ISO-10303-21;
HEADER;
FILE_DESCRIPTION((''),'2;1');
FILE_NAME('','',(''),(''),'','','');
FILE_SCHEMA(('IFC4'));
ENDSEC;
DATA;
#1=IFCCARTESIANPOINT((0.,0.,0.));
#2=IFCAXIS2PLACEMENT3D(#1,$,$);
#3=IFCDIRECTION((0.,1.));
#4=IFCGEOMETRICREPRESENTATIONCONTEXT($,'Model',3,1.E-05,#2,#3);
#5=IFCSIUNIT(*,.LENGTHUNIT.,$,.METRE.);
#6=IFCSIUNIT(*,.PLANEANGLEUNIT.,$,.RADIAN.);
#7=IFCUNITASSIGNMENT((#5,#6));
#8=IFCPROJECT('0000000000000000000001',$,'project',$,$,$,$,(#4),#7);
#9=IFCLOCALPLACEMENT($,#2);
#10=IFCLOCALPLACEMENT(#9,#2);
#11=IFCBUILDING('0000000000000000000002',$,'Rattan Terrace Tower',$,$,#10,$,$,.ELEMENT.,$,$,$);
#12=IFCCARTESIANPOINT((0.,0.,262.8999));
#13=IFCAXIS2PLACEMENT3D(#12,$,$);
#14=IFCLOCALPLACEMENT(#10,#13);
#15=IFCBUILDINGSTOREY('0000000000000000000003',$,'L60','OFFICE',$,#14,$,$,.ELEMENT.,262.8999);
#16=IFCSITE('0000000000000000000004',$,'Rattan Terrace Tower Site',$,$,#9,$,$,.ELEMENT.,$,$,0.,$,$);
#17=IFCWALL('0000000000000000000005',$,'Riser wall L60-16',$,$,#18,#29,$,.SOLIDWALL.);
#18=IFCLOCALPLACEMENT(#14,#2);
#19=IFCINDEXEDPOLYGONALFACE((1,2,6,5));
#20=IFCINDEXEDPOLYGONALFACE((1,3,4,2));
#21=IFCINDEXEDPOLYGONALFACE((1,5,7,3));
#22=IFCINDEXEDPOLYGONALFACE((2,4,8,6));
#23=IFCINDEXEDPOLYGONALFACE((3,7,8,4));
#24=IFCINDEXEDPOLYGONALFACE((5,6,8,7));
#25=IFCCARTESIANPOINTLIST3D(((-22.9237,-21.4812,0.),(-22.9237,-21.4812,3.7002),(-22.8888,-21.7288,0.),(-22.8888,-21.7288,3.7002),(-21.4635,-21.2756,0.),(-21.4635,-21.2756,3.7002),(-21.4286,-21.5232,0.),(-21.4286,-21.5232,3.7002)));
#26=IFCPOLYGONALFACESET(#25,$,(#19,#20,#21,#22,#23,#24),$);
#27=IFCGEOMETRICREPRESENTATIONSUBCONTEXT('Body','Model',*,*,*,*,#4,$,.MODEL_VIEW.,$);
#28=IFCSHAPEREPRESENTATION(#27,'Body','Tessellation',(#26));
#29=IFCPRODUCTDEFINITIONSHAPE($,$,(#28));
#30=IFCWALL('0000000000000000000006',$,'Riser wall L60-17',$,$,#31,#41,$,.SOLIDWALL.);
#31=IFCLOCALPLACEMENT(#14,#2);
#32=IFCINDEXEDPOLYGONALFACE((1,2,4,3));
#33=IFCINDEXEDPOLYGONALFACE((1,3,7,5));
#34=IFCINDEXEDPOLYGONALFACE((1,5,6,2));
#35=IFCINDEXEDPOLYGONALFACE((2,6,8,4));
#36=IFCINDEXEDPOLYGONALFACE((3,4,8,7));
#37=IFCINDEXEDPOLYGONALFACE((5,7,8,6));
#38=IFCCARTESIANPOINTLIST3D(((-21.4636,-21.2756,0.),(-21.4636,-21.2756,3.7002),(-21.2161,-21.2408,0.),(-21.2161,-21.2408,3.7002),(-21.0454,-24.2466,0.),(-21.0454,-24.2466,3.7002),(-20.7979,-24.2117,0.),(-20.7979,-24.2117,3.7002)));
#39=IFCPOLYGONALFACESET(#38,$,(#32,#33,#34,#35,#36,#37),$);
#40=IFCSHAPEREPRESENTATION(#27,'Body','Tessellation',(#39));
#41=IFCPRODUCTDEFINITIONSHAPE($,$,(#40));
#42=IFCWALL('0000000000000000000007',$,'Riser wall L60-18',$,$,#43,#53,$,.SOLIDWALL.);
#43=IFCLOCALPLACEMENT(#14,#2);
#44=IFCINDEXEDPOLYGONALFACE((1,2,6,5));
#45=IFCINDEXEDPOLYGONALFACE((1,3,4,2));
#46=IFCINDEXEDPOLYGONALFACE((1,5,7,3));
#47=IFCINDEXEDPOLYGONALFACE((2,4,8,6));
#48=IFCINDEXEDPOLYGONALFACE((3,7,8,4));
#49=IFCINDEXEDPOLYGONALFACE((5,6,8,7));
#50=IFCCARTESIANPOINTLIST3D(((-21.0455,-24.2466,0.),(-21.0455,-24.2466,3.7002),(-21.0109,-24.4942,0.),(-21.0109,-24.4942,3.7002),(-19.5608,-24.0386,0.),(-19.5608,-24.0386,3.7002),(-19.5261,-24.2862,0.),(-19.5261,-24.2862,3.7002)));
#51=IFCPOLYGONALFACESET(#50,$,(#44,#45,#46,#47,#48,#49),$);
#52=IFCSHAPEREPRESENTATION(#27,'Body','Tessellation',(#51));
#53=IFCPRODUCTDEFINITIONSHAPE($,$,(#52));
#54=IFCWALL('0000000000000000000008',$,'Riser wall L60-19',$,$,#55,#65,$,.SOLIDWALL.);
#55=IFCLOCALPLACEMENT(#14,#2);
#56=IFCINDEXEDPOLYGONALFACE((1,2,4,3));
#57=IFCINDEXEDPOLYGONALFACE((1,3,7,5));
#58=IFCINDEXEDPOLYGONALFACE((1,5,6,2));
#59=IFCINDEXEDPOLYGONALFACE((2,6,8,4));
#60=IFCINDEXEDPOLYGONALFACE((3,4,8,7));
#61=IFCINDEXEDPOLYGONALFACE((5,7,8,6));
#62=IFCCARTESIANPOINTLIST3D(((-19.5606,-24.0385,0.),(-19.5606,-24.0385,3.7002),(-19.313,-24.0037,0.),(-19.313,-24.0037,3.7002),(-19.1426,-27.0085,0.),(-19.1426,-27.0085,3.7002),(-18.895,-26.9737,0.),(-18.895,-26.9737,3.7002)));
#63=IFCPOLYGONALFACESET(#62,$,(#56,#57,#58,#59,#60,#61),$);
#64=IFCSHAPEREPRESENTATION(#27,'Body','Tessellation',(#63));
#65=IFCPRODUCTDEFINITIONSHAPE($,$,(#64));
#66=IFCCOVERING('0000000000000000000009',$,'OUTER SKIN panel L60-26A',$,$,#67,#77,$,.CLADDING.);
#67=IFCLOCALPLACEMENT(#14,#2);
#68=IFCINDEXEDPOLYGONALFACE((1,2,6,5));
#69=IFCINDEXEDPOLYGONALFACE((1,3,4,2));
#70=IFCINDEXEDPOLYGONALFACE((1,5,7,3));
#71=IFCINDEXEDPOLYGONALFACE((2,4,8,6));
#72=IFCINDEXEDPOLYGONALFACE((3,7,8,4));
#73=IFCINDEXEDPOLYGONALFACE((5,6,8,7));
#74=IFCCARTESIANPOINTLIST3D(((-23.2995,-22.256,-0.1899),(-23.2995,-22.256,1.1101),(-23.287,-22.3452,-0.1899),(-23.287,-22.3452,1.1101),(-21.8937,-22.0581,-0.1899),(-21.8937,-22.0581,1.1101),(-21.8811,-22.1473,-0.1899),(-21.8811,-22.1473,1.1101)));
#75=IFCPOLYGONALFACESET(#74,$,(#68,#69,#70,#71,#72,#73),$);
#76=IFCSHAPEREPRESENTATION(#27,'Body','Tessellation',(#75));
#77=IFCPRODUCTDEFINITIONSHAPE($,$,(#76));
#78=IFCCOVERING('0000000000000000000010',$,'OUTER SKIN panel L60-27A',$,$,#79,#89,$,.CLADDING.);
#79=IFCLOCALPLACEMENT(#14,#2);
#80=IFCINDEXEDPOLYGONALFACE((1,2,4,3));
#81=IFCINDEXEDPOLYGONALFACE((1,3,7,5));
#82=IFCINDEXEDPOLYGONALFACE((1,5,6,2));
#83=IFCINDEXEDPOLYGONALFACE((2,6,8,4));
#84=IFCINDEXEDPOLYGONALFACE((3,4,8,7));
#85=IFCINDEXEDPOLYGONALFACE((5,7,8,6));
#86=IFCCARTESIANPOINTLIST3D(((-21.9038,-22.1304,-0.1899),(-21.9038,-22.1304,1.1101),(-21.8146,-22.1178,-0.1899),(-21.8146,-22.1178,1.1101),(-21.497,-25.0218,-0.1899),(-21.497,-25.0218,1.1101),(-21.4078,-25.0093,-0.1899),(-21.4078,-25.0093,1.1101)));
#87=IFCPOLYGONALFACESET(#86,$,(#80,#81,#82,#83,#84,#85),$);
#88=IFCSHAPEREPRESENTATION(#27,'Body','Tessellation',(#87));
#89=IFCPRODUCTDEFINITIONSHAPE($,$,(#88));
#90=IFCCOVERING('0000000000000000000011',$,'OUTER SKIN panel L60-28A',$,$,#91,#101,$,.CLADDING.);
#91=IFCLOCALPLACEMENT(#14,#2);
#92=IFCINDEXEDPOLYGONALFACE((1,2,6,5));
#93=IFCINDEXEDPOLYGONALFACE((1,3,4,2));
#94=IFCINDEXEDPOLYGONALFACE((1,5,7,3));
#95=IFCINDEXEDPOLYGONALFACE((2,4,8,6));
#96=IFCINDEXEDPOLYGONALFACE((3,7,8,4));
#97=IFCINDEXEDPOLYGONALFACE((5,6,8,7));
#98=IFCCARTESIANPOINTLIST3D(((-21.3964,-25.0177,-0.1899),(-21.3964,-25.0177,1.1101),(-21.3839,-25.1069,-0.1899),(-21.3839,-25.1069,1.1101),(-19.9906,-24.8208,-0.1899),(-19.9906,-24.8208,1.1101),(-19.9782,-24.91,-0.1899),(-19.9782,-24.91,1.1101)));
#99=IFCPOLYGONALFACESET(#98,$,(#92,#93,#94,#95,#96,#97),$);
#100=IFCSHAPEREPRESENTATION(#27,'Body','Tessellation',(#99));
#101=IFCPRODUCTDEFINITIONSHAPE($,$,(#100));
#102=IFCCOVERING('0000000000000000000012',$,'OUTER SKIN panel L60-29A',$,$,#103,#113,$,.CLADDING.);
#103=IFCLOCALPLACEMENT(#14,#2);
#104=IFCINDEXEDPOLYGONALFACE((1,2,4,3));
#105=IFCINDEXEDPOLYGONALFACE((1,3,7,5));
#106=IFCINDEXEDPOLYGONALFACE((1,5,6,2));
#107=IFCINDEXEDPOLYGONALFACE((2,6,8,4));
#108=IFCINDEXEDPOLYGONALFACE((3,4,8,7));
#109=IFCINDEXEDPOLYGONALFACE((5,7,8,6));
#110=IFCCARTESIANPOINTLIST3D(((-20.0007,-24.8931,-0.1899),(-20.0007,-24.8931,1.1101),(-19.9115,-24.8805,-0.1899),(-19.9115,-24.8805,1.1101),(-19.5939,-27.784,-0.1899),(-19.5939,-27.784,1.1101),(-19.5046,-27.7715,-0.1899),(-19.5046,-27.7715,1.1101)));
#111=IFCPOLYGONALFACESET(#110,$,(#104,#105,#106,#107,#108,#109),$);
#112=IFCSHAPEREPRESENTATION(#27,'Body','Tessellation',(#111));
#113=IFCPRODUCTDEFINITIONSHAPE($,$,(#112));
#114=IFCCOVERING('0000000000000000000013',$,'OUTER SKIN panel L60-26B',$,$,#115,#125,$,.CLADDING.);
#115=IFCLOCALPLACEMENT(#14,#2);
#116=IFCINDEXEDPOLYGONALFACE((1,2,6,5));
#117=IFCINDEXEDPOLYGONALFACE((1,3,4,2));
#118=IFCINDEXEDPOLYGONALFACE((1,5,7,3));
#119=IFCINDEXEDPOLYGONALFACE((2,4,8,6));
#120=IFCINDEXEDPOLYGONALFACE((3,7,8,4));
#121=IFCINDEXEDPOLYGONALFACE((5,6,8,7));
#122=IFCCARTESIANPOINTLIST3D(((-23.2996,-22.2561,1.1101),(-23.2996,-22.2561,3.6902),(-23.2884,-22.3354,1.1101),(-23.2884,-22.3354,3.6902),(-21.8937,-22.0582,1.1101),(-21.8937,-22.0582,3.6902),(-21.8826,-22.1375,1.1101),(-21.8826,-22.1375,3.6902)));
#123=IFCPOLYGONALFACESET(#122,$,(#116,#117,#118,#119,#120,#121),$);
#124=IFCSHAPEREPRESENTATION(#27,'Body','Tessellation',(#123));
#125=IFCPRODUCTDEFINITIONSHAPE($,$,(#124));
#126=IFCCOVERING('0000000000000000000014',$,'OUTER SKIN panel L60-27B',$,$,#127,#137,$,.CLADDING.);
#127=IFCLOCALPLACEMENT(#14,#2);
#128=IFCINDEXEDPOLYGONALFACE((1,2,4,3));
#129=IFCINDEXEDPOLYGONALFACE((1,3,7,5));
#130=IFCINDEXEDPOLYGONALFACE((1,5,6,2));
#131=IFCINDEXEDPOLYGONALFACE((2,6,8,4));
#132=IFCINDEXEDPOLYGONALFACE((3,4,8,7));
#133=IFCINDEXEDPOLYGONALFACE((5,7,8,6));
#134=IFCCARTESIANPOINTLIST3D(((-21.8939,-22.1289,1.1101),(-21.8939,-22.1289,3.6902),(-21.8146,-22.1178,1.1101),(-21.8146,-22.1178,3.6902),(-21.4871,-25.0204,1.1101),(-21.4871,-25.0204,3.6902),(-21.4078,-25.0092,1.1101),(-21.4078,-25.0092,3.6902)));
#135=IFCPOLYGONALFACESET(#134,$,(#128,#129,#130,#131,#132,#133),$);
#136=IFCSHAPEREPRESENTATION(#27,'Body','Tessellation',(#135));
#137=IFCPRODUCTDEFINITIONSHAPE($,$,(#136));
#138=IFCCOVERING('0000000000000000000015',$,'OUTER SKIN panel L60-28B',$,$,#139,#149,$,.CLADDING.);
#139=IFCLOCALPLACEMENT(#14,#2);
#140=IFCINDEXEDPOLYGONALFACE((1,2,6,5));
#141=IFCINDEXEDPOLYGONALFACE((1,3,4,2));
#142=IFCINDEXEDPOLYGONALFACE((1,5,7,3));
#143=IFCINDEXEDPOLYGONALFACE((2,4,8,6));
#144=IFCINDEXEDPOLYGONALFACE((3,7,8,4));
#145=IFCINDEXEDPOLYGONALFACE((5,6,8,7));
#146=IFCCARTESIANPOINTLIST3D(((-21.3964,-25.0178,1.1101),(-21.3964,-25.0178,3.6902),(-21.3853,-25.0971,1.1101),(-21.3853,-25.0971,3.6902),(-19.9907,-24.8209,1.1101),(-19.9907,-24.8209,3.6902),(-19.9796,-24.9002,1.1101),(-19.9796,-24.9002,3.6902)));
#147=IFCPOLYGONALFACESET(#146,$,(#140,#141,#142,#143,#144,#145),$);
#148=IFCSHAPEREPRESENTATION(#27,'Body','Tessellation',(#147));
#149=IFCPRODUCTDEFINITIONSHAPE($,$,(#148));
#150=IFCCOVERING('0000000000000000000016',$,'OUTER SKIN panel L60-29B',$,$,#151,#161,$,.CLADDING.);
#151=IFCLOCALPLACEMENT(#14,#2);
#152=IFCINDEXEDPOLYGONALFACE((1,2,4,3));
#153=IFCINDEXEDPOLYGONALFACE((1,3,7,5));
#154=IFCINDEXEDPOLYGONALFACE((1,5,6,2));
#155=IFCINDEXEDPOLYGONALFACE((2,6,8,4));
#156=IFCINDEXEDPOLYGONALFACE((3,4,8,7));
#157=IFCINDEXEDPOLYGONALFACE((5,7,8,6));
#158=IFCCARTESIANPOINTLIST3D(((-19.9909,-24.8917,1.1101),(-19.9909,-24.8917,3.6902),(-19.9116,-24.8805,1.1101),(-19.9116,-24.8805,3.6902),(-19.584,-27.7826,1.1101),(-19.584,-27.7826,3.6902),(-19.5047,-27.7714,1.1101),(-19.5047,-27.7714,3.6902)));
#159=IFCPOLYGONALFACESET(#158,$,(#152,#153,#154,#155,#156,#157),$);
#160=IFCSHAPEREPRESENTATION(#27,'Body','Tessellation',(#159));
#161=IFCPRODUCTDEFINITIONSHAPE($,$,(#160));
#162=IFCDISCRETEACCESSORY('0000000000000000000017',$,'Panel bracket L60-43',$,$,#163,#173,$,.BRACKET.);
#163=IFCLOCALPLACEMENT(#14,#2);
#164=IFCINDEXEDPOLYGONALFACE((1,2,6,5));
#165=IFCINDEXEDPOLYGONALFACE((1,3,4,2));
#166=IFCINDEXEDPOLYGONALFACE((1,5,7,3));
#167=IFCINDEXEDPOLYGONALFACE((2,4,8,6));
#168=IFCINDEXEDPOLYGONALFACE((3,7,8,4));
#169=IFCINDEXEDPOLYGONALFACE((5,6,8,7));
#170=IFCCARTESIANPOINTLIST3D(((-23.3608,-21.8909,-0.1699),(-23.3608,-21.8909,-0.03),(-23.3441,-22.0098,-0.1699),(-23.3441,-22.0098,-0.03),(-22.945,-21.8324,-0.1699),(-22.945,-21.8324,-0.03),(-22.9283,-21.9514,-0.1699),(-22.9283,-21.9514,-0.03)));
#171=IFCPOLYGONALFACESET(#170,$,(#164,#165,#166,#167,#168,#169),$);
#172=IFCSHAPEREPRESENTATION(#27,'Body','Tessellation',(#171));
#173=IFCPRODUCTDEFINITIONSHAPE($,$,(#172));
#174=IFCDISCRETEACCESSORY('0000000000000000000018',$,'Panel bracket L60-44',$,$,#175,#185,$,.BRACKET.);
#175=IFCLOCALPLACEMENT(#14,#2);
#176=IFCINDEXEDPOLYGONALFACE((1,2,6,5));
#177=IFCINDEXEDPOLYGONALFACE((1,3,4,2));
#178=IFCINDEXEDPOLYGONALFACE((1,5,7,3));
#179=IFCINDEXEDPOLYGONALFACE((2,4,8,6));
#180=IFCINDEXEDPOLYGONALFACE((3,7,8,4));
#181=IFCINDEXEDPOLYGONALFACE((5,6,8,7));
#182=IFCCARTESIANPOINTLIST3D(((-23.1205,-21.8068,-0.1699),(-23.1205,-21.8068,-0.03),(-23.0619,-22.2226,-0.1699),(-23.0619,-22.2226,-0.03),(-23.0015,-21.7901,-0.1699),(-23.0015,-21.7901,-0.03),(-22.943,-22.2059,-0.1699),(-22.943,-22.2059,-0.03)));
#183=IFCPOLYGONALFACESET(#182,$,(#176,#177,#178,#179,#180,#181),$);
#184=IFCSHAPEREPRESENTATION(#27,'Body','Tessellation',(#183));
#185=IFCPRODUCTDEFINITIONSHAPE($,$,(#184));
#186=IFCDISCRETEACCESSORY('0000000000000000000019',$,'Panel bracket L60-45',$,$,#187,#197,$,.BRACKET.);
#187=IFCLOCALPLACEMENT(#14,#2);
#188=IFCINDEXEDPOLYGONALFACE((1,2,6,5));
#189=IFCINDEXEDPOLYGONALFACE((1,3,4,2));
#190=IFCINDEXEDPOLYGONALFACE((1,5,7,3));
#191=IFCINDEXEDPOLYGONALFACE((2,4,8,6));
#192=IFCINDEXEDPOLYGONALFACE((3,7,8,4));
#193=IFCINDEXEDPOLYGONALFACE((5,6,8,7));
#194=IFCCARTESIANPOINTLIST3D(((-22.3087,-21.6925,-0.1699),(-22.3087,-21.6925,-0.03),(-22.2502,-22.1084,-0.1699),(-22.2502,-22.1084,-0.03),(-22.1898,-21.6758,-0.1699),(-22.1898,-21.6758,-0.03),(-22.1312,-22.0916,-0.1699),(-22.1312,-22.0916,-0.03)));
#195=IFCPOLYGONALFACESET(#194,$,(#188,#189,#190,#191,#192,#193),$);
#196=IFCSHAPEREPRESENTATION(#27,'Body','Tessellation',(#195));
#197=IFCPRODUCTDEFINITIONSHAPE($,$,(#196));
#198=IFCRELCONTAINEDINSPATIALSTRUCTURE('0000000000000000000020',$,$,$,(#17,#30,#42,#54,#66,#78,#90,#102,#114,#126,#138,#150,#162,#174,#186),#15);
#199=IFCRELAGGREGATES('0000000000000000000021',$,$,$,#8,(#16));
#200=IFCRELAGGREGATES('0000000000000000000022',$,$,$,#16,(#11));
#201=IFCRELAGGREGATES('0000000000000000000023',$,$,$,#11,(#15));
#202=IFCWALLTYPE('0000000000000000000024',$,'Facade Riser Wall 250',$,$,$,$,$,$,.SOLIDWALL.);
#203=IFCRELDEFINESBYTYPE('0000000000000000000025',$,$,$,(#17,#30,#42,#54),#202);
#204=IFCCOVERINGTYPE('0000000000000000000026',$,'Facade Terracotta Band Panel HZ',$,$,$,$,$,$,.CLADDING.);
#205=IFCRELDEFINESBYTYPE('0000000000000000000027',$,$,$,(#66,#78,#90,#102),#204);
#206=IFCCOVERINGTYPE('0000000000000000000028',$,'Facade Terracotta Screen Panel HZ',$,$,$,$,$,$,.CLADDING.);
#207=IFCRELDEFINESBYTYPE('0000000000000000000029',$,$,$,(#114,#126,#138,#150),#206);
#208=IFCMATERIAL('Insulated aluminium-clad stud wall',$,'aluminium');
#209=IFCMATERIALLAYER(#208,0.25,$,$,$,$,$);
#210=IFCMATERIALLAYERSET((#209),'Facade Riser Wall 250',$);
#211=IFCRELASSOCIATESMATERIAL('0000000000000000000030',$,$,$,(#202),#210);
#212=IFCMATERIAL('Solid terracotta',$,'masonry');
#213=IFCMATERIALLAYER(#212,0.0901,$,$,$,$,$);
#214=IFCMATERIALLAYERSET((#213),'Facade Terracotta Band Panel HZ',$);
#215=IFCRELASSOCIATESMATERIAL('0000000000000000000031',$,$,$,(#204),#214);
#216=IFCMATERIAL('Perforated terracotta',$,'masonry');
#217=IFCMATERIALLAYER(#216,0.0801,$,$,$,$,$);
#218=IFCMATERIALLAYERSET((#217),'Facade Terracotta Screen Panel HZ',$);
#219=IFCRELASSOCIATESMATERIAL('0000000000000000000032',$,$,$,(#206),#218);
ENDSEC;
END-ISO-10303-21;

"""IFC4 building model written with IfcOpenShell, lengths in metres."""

from ifc_helpers import new_model, si_unit, direction, frame, frame_2d, origin, origin_2d, place, context, subcontext, project, spatial, rectangle, extrude, material, layer, layer_set, type_object, element, save


model = new_model("IFC4")

# Units and contexts
model_context = context("Model", 3, precision=1e-05, world=origin(), true_north=direction((0.0, 1.0)))
body_context = subcontext(model_context, "Body", "Model", "MODEL_VIEW")
ifc_project = project(units=[si_unit("LENGTHUNIT", "METRE"), si_unit("PLANEANGLEUNIT", "RADIAN")], contexts=[model_context])

# Site, building, storey
site_placement = place(None, origin())
site = spatial("IfcSite", under=ifc_project, at=site_placement, Name="Rattan Terrace Tower Site", CompositionType="ELEMENT", RefElevation=0.0)
building_placement = place(site_placement, origin())
building = spatial("IfcBuilding", under=site, at=building_placement, Name="Rattan Terrace Tower", CompositionType="ELEMENT")
storey_placement = place(building_placement, frame((0.0, 0.0, 262.8999)))
storey = spatial("IfcBuildingStorey", under=building, at=storey_placement, Name="L60", Description="OFFICE", CompositionType="ELEMENT", Elevation=262.8999)

# Walls
ifc_material_1 = material(Name="Insulated aluminium-clad stud wall", Category="aluminium")
ifc_layer_1 = layer(ifc_material_1, 0.25)
ifc_layer_set_1 = layer_set([ifc_layer_1], Name="Facade Riser Wall 250")
wall_type = type_object("IfcWallType", Name="Facade Riser Wall 250", PredefinedType="SOLIDWALL", material=ifc_layer_set_1)
wall_1_placement = place(storey_placement, frame((-22.9062, -21.605, 0.0), z_axis=(0.0, 0.0, 1.0), x_axis=(0.990236, 0.139404, 0.0)))
element("IfcWall", 1, at=wall_1_placement, inside=storey, type_object=wall_type, Name="Riser wall L60-16", PredefinedType="SOLIDWALL", context=body_context, shape_type="SweptSolid", body=[
    extrude(rectangle(XDim=1.4746, YDim=0.25, at=frame_2d((0.7373, 0.0))), origin(), (0.0, 0.0, 1.0), 3.7002),
])
wall_2_placement = place(storey_placement, frame((-21.3398, -21.2583, 0.0), z_axis=(0.0, 0.0, 1.0), x_axis=(0.139393, -0.990237, 0.0)))
element("IfcWall", 2, at=wall_2_placement, inside=storey, type_object=wall_type, Name="Riser wall L60-17", PredefinedType="SOLIDWALL", context=body_context, shape_type="SweptSolid", body=[
    extrude(rectangle(XDim=3.0002, YDim=0.25, at=frame_2d((1.5, 0.0))), origin(), (0.0, 0.0, 1.0), 3.7002),
])
wall_3_placement = place(storey_placement, frame((-21.0281, -24.3704, 0.0), z_axis=(0.0, 0.0, 1.0), x_axis=(0.99033, 0.138731, 0.0)))
element("IfcWall", 3, at=wall_3_placement, inside=storey, type_object=wall_type, Name="Riser wall L60-18", PredefinedType="SOLIDWALL", context=body_context, shape_type="SweptSolid", body=[
    extrude(rectangle(XDim=1.4993, YDim=0.25, at=frame_2d((0.7495, 0.0))), origin(), (0.0, 0.0, 1.0), 3.7002),
])
wall_4_placement = place(storey_placement, frame((-19.4368, -24.0212, 0.0), z_axis=(0.0, 0.0, 1.0), x_axis=(0.139358, -0.990242, 0.0)))
element("IfcWall", 4, at=wall_4_placement, inside=storey, type_object=wall_type, Name="Riser wall L60-19", PredefinedType="SOLIDWALL", context=body_context, shape_type="SweptSolid", body=[
    extrude(rectangle(XDim=2.9993, YDim=0.25, at=frame_2d((1.4995, 0.0))), origin(), (0.0, 0.0, 1.0), 3.7002),
])

# Coverings
ifc_material_2 = material(Name="Solid terracotta", Category="masonry")
ifc_layer_2 = layer(ifc_material_2, 0.0901)
ifc_layer_set_2 = layer_set([ifc_layer_2], Name="Facade Terracotta Band Panel HZ")
covering_type_1 = type_object("IfcCoveringType", Name="Facade Terracotta Band Panel HZ", PredefinedType="CLADDING", material=ifc_layer_set_2)
covering_1_placement = place(storey_placement, frame((-22.5903, -22.2017, -0.1899), z_axis=(0.0, 0.0, 1.0), x_axis=(0.990241, 0.139367, 0.0)))
element("IfcCovering", 5, at=covering_1_placement, inside=storey, type_object=covering_type_1, Name="OUTER SKIN panel L60-26A", PredefinedType="CLADDING", context=body_context, shape_type="SweptSolid", body=[
    extrude(rectangle(XDim=1.4197, YDim=0.0901, at=origin_2d()), origin(), (0.0, 0.0, 1.0), 1.3),
])
covering_2_placement = place(storey_placement, frame((-21.6558, -23.5698, -0.1899), z_axis=(0.0, 0.0, 1.0), x_axis=(0.139321, -0.990247, 0.0)))
element("IfcCovering", 6, at=covering_2_placement, inside=storey, type_object=covering_type_1, Name="OUTER SKIN panel L60-27A", PredefinedType="CLADDING", context=body_context, shape_type="SweptSolid", body=[
    extrude(rectangle(XDim=2.9199, YDim=0.0901, at=origin_2d()), origin(), (0.0, 0.0, 1.0), 1.3),
])
covering_3_placement = place(storey_placement, frame((-20.6873, -24.9639, -0.1899), z_axis=(0.0, 0.0, 1.0), x_axis=(0.990333, 0.138713, 0.0)))
element("IfcCovering", 7, at=covering_3_placement, inside=storey, type_object=covering_type_1, Name="OUTER SKIN panel L60-28A", PredefinedType="CLADDING", context=body_context, shape_type="SweptSolid", body=[
    extrude(rectangle(XDim=1.4194, YDim=0.0901, at=origin_2d()), origin(), (0.0, 0.0, 1.0), 1.3),
])
covering_4_placement = place(storey_placement, frame((-19.7527, -26.3323, -0.1899), z_axis=(0.0, 0.0, 1.0), x_axis=(0.139367, -0.990241, 0.0)))
element("IfcCovering", 8, at=covering_4_placement, inside=storey, type_object=covering_type_1, Name="OUTER SKIN panel L60-29A", PredefinedType="CLADDING", context=body_context, shape_type="SweptSolid", body=[
    extrude(rectangle(XDim=2.9194, YDim=0.0901, at=origin_2d()), origin(), (0.0, 0.0, 1.0), 1.3),
])
ifc_material_3 = material(Name="Perforated terracotta", Category="masonry")
ifc_layer_3 = layer(ifc_material_3, 0.0801)
ifc_layer_set_3 = layer_set([ifc_layer_3], Name="Facade Terracotta Screen Panel HZ")
covering_type_2 = type_object("IfcCoveringType", Name="Facade Terracotta Screen Panel HZ", PredefinedType="CLADDING", material=ifc_layer_set_3)
covering_5_placement = place(storey_placement, frame((-22.5911, -22.1968, 1.1101), z_axis=(0.0, 0.0, 1.0), x_axis=(0.990241, 0.139367, 0.0)))
element("IfcCovering", 9, at=covering_5_placement, inside=storey, type_object=covering_type_2, Name="OUTER SKIN panel L60-26B", PredefinedType="CLADDING", context=body_context, shape_type="SweptSolid", body=[
    extrude(rectangle(XDim=1.4197, YDim=0.0801, at=origin_2d()), origin(), (0.0, 0.0, 1.0), 2.5801),
])
covering_6_placement = place(storey_placement, frame((-21.6509, -23.5691, 1.1101), z_axis=(0.0, 0.0, 1.0), x_axis=(0.139321, -0.990247, 0.0)))
element("IfcCovering", 10, at=covering_6_placement, inside=storey, type_object=covering_type_2, Name="OUTER SKIN panel L60-27B", PredefinedType="CLADDING", context=body_context, shape_type="SweptSolid", body=[
    extrude(rectangle(XDim=2.9199, YDim=0.0801, at=origin_2d()), origin(), (0.0, 0.0, 1.0), 2.5801),
])
covering_7_placement = place(storey_placement, frame((-20.688, -24.959, 1.1101), z_axis=(0.0, 0.0, 1.0), x_axis=(0.990333, 0.138713, 0.0)))
element("IfcCovering", 11, at=covering_7_placement, inside=storey, type_object=covering_type_2, Name="OUTER SKIN panel L60-28B", PredefinedType="CLADDING", context=body_context, shape_type="SweptSolid", body=[
    extrude(rectangle(XDim=1.4194, YDim=0.0801, at=origin_2d()), origin(), (0.0, 0.0, 1.0), 2.5801),
])
covering_8_placement = place(storey_placement, frame((-19.7478, -26.3315, 1.1101), z_axis=(0.0, 0.0, 1.0), x_axis=(0.139367, -0.990241, 0.0)))
element("IfcCovering", 12, at=covering_8_placement, inside=storey, type_object=covering_type_2, Name="OUTER SKIN panel L60-29B", PredefinedType="CLADDING", context=body_context, shape_type="SweptSolid", body=[
    extrude(rectangle(XDim=2.9194, YDim=0.0801, at=origin_2d()), origin(), (0.0, 0.0, 1.0), 2.5801),
])

# Discrete accessories
for number, where, z_axis, x_axis, name in (
    (13, (-23.1445, -21.9211, -0.1699), (0.0, 0.0, 1.0), (0.139192, -0.990265, 0.0), "Panel bracket L60-43"),
    (14, (-23.0317, -22.0063, -0.1699), (0.0, 0.0, 1.0), (0.990241, 0.139367, 0.0), "Panel bracket L60-44"),
    (15, (-22.22, -21.8921, -0.1699), (0.0, 0.0, 1.0), (0.990241, 0.139367, 0.0), "Panel bracket L60-45"),
):
    element("IfcDiscreteAccessory", number, at=place(storey_placement, frame(where, z_axis=z_axis, x_axis=x_axis)), inside=storey, Name=name, PredefinedType="BRACKET", context=body_context, shape_type="SweptSolid", body=[
        extrude(rectangle(XDim=0.1201, YDim=0.4199, at=origin_2d()), origin(), (0.0, 0.0, 1.0), 0.1399),
    ])

save(model, "model.ifc")
